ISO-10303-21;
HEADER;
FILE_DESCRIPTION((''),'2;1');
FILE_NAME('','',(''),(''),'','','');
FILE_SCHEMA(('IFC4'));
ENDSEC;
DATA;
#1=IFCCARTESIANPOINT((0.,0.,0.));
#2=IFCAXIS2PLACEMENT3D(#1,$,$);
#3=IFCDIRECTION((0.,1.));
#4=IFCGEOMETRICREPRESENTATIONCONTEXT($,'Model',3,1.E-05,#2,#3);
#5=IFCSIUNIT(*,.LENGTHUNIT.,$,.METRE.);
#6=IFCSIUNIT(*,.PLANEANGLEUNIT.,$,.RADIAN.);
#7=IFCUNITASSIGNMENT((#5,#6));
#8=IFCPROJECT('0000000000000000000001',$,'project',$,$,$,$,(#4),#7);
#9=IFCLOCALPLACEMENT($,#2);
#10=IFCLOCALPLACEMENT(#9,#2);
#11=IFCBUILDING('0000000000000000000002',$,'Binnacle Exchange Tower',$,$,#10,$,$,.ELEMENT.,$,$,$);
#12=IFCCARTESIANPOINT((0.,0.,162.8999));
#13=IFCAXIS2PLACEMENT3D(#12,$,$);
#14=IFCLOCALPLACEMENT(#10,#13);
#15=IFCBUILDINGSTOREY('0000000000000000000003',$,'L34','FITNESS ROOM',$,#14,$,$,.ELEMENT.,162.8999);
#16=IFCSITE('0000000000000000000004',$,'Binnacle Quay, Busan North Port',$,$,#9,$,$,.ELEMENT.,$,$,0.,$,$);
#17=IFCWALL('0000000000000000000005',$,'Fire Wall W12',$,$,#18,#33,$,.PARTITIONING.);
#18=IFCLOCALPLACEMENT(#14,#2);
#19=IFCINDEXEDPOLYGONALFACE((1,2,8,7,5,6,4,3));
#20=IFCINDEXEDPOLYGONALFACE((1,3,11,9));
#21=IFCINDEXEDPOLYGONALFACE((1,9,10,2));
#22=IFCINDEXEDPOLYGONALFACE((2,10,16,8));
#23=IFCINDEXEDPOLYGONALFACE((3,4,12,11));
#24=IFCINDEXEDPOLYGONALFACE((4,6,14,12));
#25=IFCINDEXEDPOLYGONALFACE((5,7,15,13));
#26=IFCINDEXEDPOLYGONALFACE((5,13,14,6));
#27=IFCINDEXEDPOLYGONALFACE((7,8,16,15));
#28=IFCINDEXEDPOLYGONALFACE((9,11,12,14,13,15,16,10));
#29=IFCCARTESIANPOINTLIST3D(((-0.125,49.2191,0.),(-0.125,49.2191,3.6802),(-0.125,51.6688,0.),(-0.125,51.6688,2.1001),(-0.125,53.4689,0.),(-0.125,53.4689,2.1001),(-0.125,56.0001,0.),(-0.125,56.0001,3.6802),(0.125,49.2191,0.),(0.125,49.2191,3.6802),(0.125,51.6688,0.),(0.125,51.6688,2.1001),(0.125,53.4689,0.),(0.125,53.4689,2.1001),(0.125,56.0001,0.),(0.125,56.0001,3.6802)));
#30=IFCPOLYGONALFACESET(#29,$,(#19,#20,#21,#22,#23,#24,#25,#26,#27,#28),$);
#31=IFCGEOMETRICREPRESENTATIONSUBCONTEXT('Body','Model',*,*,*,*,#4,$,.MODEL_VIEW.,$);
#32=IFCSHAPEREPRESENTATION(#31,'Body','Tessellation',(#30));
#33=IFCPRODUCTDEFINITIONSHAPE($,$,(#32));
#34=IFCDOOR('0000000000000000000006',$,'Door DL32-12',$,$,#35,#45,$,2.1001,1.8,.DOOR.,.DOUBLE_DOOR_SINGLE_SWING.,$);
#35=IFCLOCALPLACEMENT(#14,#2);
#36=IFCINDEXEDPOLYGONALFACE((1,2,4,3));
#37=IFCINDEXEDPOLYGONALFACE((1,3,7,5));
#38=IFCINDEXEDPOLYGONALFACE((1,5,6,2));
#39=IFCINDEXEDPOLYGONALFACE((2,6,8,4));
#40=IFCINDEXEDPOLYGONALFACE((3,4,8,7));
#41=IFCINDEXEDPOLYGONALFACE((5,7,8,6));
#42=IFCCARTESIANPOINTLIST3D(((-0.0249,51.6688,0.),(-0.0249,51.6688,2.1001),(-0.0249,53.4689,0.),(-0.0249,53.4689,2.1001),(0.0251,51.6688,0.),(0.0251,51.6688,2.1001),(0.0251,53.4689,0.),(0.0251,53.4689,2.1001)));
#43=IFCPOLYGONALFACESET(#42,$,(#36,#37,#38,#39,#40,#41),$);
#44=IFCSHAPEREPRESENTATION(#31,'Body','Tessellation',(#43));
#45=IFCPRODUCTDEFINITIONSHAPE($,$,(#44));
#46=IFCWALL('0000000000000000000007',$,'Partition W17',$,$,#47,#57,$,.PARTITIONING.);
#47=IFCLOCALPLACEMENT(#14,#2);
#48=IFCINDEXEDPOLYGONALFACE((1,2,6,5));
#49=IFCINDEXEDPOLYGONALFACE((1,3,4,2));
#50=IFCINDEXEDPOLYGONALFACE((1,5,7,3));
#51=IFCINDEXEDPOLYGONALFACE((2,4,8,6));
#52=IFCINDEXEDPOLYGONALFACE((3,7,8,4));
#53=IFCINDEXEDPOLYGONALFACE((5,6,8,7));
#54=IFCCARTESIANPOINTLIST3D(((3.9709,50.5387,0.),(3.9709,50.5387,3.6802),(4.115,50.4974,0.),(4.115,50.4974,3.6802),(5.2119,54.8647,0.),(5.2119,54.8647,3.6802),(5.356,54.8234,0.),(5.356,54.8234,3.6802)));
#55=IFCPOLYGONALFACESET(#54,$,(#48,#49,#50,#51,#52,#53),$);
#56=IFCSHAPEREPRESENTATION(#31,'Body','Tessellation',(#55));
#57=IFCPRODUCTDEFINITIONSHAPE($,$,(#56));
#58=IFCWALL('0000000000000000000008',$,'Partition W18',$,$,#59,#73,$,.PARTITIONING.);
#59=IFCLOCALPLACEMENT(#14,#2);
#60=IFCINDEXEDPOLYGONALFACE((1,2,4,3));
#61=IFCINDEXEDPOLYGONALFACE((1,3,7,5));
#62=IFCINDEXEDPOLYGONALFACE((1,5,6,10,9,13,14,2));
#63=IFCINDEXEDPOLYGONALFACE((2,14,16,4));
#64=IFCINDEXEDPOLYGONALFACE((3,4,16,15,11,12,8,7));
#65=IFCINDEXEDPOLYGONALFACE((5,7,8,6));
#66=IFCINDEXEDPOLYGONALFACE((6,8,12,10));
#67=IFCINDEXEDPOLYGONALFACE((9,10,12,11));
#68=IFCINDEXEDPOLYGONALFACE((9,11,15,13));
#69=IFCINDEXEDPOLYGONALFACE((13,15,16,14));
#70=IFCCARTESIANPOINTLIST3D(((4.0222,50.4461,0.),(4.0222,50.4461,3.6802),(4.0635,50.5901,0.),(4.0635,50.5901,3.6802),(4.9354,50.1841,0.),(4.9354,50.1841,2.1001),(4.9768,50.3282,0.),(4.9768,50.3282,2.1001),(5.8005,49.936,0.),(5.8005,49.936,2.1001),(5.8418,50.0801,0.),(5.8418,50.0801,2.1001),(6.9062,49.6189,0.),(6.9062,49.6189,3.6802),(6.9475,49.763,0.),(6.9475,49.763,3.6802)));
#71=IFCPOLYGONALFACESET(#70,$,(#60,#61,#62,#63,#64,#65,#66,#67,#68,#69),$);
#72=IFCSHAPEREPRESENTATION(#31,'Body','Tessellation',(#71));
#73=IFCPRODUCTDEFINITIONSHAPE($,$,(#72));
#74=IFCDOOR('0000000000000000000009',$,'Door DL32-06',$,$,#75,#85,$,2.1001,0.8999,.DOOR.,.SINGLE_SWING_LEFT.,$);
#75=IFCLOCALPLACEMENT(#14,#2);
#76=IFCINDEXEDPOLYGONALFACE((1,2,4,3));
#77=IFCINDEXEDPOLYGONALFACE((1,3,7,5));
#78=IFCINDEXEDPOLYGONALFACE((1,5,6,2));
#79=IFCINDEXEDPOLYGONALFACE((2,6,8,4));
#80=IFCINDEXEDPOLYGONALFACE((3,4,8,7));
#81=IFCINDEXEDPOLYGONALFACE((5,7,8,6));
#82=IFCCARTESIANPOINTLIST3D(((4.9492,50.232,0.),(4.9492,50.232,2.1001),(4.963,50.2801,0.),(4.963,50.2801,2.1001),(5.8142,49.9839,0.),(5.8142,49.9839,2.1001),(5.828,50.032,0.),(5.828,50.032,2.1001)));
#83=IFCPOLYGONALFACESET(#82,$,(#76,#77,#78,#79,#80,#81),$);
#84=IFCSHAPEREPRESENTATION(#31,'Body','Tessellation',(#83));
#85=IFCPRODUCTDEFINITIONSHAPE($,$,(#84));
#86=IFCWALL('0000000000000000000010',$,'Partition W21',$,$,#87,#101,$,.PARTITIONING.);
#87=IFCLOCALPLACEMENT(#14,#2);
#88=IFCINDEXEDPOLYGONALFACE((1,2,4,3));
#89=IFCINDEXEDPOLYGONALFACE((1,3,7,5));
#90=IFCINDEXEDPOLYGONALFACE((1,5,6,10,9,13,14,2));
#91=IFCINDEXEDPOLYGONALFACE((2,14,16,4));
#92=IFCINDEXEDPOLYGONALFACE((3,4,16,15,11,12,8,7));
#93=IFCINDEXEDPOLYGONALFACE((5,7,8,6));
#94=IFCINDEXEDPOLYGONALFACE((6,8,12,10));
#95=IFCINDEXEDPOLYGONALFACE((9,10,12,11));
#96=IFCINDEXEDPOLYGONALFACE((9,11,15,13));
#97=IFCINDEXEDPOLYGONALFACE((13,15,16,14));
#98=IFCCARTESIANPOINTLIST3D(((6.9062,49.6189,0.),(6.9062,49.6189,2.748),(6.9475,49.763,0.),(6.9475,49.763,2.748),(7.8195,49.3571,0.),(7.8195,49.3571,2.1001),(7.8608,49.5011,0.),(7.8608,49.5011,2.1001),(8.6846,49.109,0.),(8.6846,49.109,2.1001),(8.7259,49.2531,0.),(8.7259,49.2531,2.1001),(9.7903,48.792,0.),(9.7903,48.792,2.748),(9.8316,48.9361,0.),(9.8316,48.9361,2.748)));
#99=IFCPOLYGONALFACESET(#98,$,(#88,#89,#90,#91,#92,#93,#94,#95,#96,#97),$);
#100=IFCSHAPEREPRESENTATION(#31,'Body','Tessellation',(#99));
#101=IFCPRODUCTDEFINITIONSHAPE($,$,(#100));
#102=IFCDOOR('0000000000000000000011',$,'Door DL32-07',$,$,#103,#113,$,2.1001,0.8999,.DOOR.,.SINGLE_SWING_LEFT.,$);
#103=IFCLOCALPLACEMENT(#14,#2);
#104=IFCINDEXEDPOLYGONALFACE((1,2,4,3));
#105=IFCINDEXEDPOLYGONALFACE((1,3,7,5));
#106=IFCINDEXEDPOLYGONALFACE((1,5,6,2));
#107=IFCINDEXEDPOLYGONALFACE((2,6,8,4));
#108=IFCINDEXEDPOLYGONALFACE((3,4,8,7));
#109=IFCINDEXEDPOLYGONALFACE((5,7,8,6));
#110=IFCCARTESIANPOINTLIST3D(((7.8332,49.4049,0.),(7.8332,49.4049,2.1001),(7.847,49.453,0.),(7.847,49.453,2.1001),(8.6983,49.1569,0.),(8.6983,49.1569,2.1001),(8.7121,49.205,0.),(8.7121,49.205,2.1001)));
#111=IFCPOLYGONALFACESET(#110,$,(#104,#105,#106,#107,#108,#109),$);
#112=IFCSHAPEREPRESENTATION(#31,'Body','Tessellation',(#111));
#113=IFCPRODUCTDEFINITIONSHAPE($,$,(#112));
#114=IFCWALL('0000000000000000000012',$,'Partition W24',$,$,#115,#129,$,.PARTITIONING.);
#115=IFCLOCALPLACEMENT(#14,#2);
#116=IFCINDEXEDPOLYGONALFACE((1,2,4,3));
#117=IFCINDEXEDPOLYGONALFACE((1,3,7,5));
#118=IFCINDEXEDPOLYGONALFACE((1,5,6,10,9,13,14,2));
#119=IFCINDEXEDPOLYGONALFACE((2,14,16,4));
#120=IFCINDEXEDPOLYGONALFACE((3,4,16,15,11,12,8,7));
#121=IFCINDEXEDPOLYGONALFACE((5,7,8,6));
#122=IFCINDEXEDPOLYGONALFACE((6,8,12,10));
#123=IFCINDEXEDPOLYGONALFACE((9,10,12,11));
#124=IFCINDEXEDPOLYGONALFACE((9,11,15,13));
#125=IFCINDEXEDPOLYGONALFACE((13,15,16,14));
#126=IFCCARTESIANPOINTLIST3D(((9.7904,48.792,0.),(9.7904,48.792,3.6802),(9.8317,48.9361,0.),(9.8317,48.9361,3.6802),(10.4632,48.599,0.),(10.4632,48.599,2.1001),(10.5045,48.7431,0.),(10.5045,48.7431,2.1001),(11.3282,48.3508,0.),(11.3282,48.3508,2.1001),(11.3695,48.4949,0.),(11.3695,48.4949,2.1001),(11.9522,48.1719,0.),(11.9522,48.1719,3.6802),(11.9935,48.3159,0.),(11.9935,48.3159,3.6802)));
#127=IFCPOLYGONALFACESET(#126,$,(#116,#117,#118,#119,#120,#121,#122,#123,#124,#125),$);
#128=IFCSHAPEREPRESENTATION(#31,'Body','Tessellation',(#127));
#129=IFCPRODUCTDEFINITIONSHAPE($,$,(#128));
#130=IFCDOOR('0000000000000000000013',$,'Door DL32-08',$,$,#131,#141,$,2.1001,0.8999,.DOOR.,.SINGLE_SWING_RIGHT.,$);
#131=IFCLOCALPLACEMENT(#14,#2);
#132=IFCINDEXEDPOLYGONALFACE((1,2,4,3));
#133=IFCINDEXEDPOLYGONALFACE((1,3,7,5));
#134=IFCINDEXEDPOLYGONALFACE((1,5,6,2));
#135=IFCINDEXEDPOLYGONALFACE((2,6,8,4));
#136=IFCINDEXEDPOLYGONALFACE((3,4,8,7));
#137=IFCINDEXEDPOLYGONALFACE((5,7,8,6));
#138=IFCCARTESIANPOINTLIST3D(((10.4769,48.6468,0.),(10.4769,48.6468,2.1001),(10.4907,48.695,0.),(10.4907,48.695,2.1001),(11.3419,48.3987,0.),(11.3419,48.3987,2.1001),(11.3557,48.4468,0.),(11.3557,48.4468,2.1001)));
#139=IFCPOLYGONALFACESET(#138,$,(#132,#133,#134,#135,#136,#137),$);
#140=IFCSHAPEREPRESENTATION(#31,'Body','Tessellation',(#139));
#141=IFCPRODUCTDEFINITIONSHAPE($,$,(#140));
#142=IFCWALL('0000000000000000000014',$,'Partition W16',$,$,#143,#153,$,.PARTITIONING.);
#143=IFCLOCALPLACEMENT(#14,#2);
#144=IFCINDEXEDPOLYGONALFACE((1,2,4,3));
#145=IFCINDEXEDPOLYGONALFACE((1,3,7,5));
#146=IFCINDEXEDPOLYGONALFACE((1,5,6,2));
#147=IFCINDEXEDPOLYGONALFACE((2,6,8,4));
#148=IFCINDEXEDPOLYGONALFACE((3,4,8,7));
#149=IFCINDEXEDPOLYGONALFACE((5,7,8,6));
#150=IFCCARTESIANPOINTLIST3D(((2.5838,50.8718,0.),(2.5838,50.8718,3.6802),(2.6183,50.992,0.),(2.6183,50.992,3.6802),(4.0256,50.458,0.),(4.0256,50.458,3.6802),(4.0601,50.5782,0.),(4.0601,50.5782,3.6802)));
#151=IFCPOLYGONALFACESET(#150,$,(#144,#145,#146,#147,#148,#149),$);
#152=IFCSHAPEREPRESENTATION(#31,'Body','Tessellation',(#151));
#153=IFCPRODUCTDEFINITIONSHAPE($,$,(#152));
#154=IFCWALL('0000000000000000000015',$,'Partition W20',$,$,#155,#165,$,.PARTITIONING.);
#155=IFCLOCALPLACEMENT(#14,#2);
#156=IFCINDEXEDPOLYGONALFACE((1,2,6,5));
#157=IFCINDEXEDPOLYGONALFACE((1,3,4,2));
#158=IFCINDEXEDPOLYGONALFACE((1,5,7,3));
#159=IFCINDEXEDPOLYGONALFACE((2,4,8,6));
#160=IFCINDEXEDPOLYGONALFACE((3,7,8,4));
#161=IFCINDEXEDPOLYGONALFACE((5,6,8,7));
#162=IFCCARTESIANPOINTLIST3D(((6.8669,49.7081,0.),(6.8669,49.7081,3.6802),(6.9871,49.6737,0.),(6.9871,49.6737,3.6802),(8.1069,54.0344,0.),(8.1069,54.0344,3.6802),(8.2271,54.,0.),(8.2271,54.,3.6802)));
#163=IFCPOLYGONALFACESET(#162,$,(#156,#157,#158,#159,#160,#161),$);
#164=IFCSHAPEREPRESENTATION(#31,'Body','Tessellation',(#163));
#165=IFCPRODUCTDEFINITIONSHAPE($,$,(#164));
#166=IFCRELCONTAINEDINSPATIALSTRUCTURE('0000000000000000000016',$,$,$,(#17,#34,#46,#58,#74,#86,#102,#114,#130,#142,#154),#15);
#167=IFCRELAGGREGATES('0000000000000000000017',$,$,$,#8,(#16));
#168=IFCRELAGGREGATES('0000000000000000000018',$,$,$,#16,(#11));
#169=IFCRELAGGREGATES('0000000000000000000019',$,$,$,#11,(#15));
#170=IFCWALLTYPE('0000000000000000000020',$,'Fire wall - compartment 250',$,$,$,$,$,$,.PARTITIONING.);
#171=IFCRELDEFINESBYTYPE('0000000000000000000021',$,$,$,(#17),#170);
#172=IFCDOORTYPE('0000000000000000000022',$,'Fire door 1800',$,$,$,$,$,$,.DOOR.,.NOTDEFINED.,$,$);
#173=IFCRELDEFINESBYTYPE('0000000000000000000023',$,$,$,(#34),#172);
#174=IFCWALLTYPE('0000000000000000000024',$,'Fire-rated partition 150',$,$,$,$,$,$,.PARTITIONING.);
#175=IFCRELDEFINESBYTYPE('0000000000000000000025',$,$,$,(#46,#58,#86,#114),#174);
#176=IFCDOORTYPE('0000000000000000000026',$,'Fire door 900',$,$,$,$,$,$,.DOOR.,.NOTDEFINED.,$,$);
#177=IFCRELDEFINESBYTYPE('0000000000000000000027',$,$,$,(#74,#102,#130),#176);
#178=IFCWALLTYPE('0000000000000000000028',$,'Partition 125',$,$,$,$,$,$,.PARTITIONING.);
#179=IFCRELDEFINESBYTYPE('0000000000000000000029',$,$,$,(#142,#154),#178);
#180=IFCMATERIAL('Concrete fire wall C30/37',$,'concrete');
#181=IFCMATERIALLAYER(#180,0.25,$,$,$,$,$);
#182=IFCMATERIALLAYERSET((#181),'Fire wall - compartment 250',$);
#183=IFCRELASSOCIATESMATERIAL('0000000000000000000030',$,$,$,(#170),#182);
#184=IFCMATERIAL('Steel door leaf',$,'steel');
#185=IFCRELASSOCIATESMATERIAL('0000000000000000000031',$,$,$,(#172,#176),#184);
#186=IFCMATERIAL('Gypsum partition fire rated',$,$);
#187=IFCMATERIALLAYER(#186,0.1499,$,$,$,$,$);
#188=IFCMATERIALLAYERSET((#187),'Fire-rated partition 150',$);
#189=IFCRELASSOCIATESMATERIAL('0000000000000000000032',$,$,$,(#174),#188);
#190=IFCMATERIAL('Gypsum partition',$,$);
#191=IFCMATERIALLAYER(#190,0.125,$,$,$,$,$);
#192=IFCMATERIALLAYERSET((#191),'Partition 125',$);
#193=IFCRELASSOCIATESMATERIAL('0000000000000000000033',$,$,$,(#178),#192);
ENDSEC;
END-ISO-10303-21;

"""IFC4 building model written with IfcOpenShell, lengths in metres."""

from ifc_helpers import new_model, si_unit, direction, frame, frame_2d, origin, place, context, subcontext, project, spatial, rectangle, extrude, material, layer, layer_set, type_object, element, fill, save


model = new_model("IFC4")

# Units and contexts
model_context = context("Model", 3, precision=1e-05, world=origin(), true_north=direction((0.0, 1.0)))
body_context = subcontext(model_context, "Body", "Model", "MODEL_VIEW")
ifc_project = project(units=[si_unit("LENGTHUNIT", "METRE"), si_unit("PLANEANGLEUNIT", "RADIAN")], contexts=[model_context])

# Site, building, storey
site_placement = place(None, origin())
site = spatial("IfcSite", under=ifc_project, at=site_placement, Name="Binnacle Quay, Busan North Port", CompositionType="ELEMENT", RefElevation=0.0)
building_placement = place(site_placement, origin())
building = spatial("IfcBuilding", under=site, at=building_placement, Name="Binnacle Exchange Tower", CompositionType="ELEMENT")
storey_placement = place(building_placement, frame((0.0, 0.0, 162.8999)))
storey = spatial("IfcBuildingStorey", under=building, at=storey_placement, Name="L34", Description="FITNESS ROOM", CompositionType="ELEMENT", Elevation=162.8999)

# Wall, opening, door
ifc_material_1 = material(Name="Concrete fire wall C30/37", Category="concrete")
ifc_layer_1 = layer(ifc_material_1, 0.25)
ifc_layer_set_1 = layer_set([ifc_layer_1], Name="Fire wall - compartment 250")
wall_type_1 = type_object("IfcWallType", Name="Fire wall - compartment 250", PredefinedType="PARTITIONING", material=ifc_layer_set_1)
wall_1_placement = place(storey_placement, frame((0.0, 49.219, 0.0), z_axis=(0.0, 0.0, 1.0), x_axis=(0.0, 1.0, 0.0)))
wall_1 = element("IfcWall", 1, at=wall_1_placement, inside=storey, type_object=wall_type_1, Name="Fire Wall W12", PredefinedType="PARTITIONING", context=body_context, shape_type="SweptSolid", body=[
    extrude(rectangle(XDim=6.781, YDim=0.25, at=frame_2d((3.3906, 0.0))), origin(), (0.0, 0.0, 1.0), 3.6802),
])
opening_1_placement = place(wall_1_placement, frame((2.45, 0.0, 0.0)))
opening_1 = element("IfcOpeningElement", 2, at=opening_1_placement, cuts=wall_1, PredefinedType="OPENING", context=body_context, shape_type="SweptSolid", body=[
    extrude(rectangle(XDim=1.8, YDim=2.1001, at=frame_2d((0.8999, 1.05))), frame((0.0, 0.135, 0.0), z_axis=(0.0, -1.0, 0.0), x_axis=(1.0, 0.0, 0.0)), (0.0, 0.0, 1.0), 0.27),
])
ifc_material_2 = material(Name="Steel door leaf", Category="steel")
door_type_1 = type_object("IfcDoorType", Name="Fire door 1800", OperationType="NOTDEFINED", PredefinedType="DOOR", material=ifc_material_2)
door_1_placement = place(opening_1_placement, origin())
door_1 = element("IfcDoor", 3, at=door_1_placement, inside=storey, type_object=door_type_1, Name="Door DL32-12", OperationType="DOUBLE_DOOR_SINGLE_SWING", OverallHeight=2.1001, OverallWidth=1.8, PredefinedType="DOOR", context=body_context, shape_type="SweptSolid", body=[
    extrude(rectangle(XDim=1.8, YDim=2.1001, at=frame_2d((0.8999, 1.05))), frame((0.0, 0.0249, 0.0), z_axis=(0.0, -1.0, 0.0), x_axis=(1.0, 0.0, 0.0)), (0.0, 0.0, 1.0), 0.05),
])
fill(opening_1, door_1)

# Wall
ifc_material_3 = material(Name="Gypsum partition fire rated")
ifc_layer_2 = layer(ifc_material_3, 0.1499)
ifc_layer_set_2 = layer_set([ifc_layer_2], Name="Fire-rated partition 150")
wall_type_2 = type_object("IfcWallType", Name="Fire-rated partition 150", PredefinedType="PARTITIONING", material=ifc_layer_set_2)
wall_2_placement = place(storey_placement, frame((4.043, 50.5181, 0.0), z_axis=(0.0, 0.0, 1.0), x_axis=(0.275746, 0.961231, 0.0)))
element("IfcWall", 4, at=wall_2_placement, inside=storey, type_object=wall_type_2, Name="Partition W17", PredefinedType="PARTITIONING", context=body_context, shape_type="SweptSolid", body=[
    extrude(rectangle(XDim=4.5005, YDim=0.1499, at=frame_2d((2.2502, 0.0))), origin(), (0.0, 0.0, 1.0), 3.6802),
])

# Walls, openings, doors
wall_3_placement = place(storey_placement, frame((4.043, 50.5181, 0.0), z_axis=(0.0, 0.0, 1.0), x_axis=(0.961247, -0.275688, 0.0)))
wall_3 = element("IfcWall", 5, at=wall_3_placement, inside=storey, type_object=wall_type_2, Name="Partition W18", PredefinedType="PARTITIONING", context=body_context, shape_type="SweptSolid", body=[
    extrude(rectangle(XDim=3.0002, YDim=0.1499, at=frame_2d((1.5, 0.0))), origin(), (0.0, 0.0, 1.0), 3.6802),
])
opening_2_placement = place(wall_3_placement, frame((0.95, 0.0, 0.0)))
opening_2 = element("IfcOpeningElement", 6, at=opening_2_placement, cuts=wall_3, PredefinedType="OPENING", context=body_context, shape_type="SweptSolid", body=[
    extrude(rectangle(XDim=0.8999, YDim=2.1001, at=frame_2d((0.45, 1.05))), frame((0.0, 0.085, 0.0), z_axis=(0.0, -1.0, 0.0), x_axis=(1.0, 0.0, 0.0)), (0.0, 0.0, 1.0), 0.1699),
])
door_type_2 = type_object("IfcDoorType", Name="Fire door 900", OperationType="NOTDEFINED", PredefinedType="DOOR", material=ifc_material_2)
door_2_placement = place(opening_2_placement, origin())
door_2 = element("IfcDoor", 7, at=door_2_placement, inside=storey, type_object=door_type_2, Name="Door DL32-06", OperationType="SINGLE_SWING_LEFT", OverallHeight=2.1001, OverallWidth=0.8999, PredefinedType="DOOR", context=body_context, shape_type="SweptSolid", body=[
    extrude(rectangle(XDim=0.8999, YDim=2.1001, at=frame_2d((0.45, 1.05))), frame((0.0, 0.0249, 0.0), z_axis=(0.0, -1.0, 0.0), x_axis=(1.0, 0.0, 0.0)), (0.0, 0.0, 1.0), 0.05),
])
fill(opening_2, door_2)
wall_4_placement = place(storey_placement, frame((6.927, 49.6909, 0.0), z_axis=(0.0, 0.0, 1.0), x_axis=(0.961269, -0.275613, 0.0)))
wall_4 = element("IfcWall", 8, at=wall_4_placement, inside=storey, type_object=wall_type_2, Name="Partition W21", PredefinedType="PARTITIONING", context=body_context, shape_type="SweptSolid", body=[
    extrude(rectangle(XDim=3.0002, YDim=0.1499, at=frame_2d((1.5, 0.0))), origin(), (0.0, 0.0, 1.0), 2.748),
])
opening_3_placement = place(wall_4_placement, frame((0.95, 0.0, 0.0)))
opening_3 = element("IfcOpeningElement", 9, at=opening_3_placement, cuts=wall_4, PredefinedType="OPENING", context=body_context, shape_type="SweptSolid", body=[
    extrude(rectangle(XDim=0.8999, YDim=2.1001, at=frame_2d((0.45, 1.05))), frame((0.0, 0.085, 0.0), z_axis=(0.0, -1.0, 0.0), x_axis=(1.0, 0.0, 0.0)), (0.0, 0.0, 1.0), 0.1699),
])
door_3_placement = place(opening_3_placement, origin())
door_3 = element("IfcDoor", 10, at=door_3_placement, inside=storey, type_object=door_type_2, Name="Door DL32-07", OperationType="SINGLE_SWING_LEFT", OverallHeight=2.1001, OverallWidth=0.8999, PredefinedType="DOOR", context=body_context, shape_type="SweptSolid", body=[
    extrude(rectangle(XDim=0.8999, YDim=2.1001, at=frame_2d((0.45, 1.05))), frame((0.0, 0.0249, 0.0), z_axis=(0.0, -1.0, 0.0), x_axis=(1.0, 0.0, 0.0)), (0.0, 0.0, 1.0), 0.05),
])
fill(opening_3, door_3)
wall_5_placement = place(storey_placement, frame((9.811, 48.864, 0.0), z_axis=(0.0, 0.0, 1.0), x_axis=(0.961237, -0.275725, 0.0)))
wall_5 = element("IfcWall", 11, at=wall_5_placement, inside=storey, type_object=wall_type_2, Name="Partition W24", PredefinedType="PARTITIONING", context=body_context, shape_type="SweptSolid", body=[
    extrude(rectangle(XDim=2.249, YDim=0.1499, at=frame_2d((1.1245, 0.0))), origin(), (0.0, 0.0, 1.0), 3.6802),
])
opening_4_placement = place(wall_5_placement, frame((0.7, 0.0, 0.0)))
opening_4 = element("IfcOpeningElement", 12, at=opening_4_placement, cuts=wall_5, PredefinedType="OPENING", context=body_context, shape_type="SweptSolid", body=[
    extrude(rectangle(XDim=0.8999, YDim=2.1001, at=frame_2d((0.45, 1.05))), frame((0.0, 0.085, 0.0), z_axis=(0.0, -1.0, 0.0), x_axis=(1.0, 0.0, 0.0)), (0.0, 0.0, 1.0), 0.1699),
])
door_4_placement = place(opening_4_placement, origin())
door_4 = element("IfcDoor", 13, at=door_4_placement, inside=storey, type_object=door_type_2, Name="Door DL32-08", OperationType="SINGLE_SWING_RIGHT", OverallHeight=2.1001, OverallWidth=0.8999, PredefinedType="DOOR", context=body_context, shape_type="SweptSolid", body=[
    extrude(rectangle(XDim=0.8999, YDim=2.1001, at=frame_2d((0.45, 1.05))), frame((0.0, 0.0249, 0.0), z_axis=(0.0, -1.0, 0.0), x_axis=(1.0, 0.0, 0.0)), (0.0, 0.0, 1.0), 0.05),
])
fill(opening_4, door_4)

# Walls
ifc_material_4 = material(Name="Gypsum partition")
ifc_layer_3 = layer(ifc_material_4, 0.125)
ifc_layer_set_3 = layer_set([ifc_layer_3], Name="Partition 125")
wall_type_3 = type_object("IfcWallType", Name="Partition 125", PredefinedType="PARTITIONING", material=ifc_layer_set_3)
wall_6_placement = place(storey_placement, frame((2.6011, 50.9319, 0.0), z_axis=(0.0, 0.0, 1.0), x_axis=(0.961198, -0.27586, 0.0)))
element("IfcWall", 14, at=wall_6_placement, inside=storey, type_object=wall_type_3, Name="Partition W16", PredefinedType="PARTITIONING", context=body_context, shape_type="SweptSolid", body=[
    extrude(rectangle(XDim=1.5, YDim=0.125, at=frame_2d((0.75, 0.0))), origin(), (0.0, 0.0, 1.0), 3.6802),
])
wall_7_placement = place(storey_placement, frame((6.927, 49.6909, 0.0), z_axis=(0.0, 0.0, 1.0), x_axis=(0.275531, 0.961292, 0.0)))
element("IfcWall", 15, at=wall_7_placement, inside=storey, type_object=wall_type_3, Name="Partition W20", PredefinedType="PARTITIONING", context=body_context, shape_type="SweptSolid", body=[
    extrude(rectangle(XDim=4.5005, YDim=0.125, at=frame_2d((2.2502, 0.0))), origin(), (0.0, 0.0, 1.0), 3.6802),
])

save(model, "model.ifc")
